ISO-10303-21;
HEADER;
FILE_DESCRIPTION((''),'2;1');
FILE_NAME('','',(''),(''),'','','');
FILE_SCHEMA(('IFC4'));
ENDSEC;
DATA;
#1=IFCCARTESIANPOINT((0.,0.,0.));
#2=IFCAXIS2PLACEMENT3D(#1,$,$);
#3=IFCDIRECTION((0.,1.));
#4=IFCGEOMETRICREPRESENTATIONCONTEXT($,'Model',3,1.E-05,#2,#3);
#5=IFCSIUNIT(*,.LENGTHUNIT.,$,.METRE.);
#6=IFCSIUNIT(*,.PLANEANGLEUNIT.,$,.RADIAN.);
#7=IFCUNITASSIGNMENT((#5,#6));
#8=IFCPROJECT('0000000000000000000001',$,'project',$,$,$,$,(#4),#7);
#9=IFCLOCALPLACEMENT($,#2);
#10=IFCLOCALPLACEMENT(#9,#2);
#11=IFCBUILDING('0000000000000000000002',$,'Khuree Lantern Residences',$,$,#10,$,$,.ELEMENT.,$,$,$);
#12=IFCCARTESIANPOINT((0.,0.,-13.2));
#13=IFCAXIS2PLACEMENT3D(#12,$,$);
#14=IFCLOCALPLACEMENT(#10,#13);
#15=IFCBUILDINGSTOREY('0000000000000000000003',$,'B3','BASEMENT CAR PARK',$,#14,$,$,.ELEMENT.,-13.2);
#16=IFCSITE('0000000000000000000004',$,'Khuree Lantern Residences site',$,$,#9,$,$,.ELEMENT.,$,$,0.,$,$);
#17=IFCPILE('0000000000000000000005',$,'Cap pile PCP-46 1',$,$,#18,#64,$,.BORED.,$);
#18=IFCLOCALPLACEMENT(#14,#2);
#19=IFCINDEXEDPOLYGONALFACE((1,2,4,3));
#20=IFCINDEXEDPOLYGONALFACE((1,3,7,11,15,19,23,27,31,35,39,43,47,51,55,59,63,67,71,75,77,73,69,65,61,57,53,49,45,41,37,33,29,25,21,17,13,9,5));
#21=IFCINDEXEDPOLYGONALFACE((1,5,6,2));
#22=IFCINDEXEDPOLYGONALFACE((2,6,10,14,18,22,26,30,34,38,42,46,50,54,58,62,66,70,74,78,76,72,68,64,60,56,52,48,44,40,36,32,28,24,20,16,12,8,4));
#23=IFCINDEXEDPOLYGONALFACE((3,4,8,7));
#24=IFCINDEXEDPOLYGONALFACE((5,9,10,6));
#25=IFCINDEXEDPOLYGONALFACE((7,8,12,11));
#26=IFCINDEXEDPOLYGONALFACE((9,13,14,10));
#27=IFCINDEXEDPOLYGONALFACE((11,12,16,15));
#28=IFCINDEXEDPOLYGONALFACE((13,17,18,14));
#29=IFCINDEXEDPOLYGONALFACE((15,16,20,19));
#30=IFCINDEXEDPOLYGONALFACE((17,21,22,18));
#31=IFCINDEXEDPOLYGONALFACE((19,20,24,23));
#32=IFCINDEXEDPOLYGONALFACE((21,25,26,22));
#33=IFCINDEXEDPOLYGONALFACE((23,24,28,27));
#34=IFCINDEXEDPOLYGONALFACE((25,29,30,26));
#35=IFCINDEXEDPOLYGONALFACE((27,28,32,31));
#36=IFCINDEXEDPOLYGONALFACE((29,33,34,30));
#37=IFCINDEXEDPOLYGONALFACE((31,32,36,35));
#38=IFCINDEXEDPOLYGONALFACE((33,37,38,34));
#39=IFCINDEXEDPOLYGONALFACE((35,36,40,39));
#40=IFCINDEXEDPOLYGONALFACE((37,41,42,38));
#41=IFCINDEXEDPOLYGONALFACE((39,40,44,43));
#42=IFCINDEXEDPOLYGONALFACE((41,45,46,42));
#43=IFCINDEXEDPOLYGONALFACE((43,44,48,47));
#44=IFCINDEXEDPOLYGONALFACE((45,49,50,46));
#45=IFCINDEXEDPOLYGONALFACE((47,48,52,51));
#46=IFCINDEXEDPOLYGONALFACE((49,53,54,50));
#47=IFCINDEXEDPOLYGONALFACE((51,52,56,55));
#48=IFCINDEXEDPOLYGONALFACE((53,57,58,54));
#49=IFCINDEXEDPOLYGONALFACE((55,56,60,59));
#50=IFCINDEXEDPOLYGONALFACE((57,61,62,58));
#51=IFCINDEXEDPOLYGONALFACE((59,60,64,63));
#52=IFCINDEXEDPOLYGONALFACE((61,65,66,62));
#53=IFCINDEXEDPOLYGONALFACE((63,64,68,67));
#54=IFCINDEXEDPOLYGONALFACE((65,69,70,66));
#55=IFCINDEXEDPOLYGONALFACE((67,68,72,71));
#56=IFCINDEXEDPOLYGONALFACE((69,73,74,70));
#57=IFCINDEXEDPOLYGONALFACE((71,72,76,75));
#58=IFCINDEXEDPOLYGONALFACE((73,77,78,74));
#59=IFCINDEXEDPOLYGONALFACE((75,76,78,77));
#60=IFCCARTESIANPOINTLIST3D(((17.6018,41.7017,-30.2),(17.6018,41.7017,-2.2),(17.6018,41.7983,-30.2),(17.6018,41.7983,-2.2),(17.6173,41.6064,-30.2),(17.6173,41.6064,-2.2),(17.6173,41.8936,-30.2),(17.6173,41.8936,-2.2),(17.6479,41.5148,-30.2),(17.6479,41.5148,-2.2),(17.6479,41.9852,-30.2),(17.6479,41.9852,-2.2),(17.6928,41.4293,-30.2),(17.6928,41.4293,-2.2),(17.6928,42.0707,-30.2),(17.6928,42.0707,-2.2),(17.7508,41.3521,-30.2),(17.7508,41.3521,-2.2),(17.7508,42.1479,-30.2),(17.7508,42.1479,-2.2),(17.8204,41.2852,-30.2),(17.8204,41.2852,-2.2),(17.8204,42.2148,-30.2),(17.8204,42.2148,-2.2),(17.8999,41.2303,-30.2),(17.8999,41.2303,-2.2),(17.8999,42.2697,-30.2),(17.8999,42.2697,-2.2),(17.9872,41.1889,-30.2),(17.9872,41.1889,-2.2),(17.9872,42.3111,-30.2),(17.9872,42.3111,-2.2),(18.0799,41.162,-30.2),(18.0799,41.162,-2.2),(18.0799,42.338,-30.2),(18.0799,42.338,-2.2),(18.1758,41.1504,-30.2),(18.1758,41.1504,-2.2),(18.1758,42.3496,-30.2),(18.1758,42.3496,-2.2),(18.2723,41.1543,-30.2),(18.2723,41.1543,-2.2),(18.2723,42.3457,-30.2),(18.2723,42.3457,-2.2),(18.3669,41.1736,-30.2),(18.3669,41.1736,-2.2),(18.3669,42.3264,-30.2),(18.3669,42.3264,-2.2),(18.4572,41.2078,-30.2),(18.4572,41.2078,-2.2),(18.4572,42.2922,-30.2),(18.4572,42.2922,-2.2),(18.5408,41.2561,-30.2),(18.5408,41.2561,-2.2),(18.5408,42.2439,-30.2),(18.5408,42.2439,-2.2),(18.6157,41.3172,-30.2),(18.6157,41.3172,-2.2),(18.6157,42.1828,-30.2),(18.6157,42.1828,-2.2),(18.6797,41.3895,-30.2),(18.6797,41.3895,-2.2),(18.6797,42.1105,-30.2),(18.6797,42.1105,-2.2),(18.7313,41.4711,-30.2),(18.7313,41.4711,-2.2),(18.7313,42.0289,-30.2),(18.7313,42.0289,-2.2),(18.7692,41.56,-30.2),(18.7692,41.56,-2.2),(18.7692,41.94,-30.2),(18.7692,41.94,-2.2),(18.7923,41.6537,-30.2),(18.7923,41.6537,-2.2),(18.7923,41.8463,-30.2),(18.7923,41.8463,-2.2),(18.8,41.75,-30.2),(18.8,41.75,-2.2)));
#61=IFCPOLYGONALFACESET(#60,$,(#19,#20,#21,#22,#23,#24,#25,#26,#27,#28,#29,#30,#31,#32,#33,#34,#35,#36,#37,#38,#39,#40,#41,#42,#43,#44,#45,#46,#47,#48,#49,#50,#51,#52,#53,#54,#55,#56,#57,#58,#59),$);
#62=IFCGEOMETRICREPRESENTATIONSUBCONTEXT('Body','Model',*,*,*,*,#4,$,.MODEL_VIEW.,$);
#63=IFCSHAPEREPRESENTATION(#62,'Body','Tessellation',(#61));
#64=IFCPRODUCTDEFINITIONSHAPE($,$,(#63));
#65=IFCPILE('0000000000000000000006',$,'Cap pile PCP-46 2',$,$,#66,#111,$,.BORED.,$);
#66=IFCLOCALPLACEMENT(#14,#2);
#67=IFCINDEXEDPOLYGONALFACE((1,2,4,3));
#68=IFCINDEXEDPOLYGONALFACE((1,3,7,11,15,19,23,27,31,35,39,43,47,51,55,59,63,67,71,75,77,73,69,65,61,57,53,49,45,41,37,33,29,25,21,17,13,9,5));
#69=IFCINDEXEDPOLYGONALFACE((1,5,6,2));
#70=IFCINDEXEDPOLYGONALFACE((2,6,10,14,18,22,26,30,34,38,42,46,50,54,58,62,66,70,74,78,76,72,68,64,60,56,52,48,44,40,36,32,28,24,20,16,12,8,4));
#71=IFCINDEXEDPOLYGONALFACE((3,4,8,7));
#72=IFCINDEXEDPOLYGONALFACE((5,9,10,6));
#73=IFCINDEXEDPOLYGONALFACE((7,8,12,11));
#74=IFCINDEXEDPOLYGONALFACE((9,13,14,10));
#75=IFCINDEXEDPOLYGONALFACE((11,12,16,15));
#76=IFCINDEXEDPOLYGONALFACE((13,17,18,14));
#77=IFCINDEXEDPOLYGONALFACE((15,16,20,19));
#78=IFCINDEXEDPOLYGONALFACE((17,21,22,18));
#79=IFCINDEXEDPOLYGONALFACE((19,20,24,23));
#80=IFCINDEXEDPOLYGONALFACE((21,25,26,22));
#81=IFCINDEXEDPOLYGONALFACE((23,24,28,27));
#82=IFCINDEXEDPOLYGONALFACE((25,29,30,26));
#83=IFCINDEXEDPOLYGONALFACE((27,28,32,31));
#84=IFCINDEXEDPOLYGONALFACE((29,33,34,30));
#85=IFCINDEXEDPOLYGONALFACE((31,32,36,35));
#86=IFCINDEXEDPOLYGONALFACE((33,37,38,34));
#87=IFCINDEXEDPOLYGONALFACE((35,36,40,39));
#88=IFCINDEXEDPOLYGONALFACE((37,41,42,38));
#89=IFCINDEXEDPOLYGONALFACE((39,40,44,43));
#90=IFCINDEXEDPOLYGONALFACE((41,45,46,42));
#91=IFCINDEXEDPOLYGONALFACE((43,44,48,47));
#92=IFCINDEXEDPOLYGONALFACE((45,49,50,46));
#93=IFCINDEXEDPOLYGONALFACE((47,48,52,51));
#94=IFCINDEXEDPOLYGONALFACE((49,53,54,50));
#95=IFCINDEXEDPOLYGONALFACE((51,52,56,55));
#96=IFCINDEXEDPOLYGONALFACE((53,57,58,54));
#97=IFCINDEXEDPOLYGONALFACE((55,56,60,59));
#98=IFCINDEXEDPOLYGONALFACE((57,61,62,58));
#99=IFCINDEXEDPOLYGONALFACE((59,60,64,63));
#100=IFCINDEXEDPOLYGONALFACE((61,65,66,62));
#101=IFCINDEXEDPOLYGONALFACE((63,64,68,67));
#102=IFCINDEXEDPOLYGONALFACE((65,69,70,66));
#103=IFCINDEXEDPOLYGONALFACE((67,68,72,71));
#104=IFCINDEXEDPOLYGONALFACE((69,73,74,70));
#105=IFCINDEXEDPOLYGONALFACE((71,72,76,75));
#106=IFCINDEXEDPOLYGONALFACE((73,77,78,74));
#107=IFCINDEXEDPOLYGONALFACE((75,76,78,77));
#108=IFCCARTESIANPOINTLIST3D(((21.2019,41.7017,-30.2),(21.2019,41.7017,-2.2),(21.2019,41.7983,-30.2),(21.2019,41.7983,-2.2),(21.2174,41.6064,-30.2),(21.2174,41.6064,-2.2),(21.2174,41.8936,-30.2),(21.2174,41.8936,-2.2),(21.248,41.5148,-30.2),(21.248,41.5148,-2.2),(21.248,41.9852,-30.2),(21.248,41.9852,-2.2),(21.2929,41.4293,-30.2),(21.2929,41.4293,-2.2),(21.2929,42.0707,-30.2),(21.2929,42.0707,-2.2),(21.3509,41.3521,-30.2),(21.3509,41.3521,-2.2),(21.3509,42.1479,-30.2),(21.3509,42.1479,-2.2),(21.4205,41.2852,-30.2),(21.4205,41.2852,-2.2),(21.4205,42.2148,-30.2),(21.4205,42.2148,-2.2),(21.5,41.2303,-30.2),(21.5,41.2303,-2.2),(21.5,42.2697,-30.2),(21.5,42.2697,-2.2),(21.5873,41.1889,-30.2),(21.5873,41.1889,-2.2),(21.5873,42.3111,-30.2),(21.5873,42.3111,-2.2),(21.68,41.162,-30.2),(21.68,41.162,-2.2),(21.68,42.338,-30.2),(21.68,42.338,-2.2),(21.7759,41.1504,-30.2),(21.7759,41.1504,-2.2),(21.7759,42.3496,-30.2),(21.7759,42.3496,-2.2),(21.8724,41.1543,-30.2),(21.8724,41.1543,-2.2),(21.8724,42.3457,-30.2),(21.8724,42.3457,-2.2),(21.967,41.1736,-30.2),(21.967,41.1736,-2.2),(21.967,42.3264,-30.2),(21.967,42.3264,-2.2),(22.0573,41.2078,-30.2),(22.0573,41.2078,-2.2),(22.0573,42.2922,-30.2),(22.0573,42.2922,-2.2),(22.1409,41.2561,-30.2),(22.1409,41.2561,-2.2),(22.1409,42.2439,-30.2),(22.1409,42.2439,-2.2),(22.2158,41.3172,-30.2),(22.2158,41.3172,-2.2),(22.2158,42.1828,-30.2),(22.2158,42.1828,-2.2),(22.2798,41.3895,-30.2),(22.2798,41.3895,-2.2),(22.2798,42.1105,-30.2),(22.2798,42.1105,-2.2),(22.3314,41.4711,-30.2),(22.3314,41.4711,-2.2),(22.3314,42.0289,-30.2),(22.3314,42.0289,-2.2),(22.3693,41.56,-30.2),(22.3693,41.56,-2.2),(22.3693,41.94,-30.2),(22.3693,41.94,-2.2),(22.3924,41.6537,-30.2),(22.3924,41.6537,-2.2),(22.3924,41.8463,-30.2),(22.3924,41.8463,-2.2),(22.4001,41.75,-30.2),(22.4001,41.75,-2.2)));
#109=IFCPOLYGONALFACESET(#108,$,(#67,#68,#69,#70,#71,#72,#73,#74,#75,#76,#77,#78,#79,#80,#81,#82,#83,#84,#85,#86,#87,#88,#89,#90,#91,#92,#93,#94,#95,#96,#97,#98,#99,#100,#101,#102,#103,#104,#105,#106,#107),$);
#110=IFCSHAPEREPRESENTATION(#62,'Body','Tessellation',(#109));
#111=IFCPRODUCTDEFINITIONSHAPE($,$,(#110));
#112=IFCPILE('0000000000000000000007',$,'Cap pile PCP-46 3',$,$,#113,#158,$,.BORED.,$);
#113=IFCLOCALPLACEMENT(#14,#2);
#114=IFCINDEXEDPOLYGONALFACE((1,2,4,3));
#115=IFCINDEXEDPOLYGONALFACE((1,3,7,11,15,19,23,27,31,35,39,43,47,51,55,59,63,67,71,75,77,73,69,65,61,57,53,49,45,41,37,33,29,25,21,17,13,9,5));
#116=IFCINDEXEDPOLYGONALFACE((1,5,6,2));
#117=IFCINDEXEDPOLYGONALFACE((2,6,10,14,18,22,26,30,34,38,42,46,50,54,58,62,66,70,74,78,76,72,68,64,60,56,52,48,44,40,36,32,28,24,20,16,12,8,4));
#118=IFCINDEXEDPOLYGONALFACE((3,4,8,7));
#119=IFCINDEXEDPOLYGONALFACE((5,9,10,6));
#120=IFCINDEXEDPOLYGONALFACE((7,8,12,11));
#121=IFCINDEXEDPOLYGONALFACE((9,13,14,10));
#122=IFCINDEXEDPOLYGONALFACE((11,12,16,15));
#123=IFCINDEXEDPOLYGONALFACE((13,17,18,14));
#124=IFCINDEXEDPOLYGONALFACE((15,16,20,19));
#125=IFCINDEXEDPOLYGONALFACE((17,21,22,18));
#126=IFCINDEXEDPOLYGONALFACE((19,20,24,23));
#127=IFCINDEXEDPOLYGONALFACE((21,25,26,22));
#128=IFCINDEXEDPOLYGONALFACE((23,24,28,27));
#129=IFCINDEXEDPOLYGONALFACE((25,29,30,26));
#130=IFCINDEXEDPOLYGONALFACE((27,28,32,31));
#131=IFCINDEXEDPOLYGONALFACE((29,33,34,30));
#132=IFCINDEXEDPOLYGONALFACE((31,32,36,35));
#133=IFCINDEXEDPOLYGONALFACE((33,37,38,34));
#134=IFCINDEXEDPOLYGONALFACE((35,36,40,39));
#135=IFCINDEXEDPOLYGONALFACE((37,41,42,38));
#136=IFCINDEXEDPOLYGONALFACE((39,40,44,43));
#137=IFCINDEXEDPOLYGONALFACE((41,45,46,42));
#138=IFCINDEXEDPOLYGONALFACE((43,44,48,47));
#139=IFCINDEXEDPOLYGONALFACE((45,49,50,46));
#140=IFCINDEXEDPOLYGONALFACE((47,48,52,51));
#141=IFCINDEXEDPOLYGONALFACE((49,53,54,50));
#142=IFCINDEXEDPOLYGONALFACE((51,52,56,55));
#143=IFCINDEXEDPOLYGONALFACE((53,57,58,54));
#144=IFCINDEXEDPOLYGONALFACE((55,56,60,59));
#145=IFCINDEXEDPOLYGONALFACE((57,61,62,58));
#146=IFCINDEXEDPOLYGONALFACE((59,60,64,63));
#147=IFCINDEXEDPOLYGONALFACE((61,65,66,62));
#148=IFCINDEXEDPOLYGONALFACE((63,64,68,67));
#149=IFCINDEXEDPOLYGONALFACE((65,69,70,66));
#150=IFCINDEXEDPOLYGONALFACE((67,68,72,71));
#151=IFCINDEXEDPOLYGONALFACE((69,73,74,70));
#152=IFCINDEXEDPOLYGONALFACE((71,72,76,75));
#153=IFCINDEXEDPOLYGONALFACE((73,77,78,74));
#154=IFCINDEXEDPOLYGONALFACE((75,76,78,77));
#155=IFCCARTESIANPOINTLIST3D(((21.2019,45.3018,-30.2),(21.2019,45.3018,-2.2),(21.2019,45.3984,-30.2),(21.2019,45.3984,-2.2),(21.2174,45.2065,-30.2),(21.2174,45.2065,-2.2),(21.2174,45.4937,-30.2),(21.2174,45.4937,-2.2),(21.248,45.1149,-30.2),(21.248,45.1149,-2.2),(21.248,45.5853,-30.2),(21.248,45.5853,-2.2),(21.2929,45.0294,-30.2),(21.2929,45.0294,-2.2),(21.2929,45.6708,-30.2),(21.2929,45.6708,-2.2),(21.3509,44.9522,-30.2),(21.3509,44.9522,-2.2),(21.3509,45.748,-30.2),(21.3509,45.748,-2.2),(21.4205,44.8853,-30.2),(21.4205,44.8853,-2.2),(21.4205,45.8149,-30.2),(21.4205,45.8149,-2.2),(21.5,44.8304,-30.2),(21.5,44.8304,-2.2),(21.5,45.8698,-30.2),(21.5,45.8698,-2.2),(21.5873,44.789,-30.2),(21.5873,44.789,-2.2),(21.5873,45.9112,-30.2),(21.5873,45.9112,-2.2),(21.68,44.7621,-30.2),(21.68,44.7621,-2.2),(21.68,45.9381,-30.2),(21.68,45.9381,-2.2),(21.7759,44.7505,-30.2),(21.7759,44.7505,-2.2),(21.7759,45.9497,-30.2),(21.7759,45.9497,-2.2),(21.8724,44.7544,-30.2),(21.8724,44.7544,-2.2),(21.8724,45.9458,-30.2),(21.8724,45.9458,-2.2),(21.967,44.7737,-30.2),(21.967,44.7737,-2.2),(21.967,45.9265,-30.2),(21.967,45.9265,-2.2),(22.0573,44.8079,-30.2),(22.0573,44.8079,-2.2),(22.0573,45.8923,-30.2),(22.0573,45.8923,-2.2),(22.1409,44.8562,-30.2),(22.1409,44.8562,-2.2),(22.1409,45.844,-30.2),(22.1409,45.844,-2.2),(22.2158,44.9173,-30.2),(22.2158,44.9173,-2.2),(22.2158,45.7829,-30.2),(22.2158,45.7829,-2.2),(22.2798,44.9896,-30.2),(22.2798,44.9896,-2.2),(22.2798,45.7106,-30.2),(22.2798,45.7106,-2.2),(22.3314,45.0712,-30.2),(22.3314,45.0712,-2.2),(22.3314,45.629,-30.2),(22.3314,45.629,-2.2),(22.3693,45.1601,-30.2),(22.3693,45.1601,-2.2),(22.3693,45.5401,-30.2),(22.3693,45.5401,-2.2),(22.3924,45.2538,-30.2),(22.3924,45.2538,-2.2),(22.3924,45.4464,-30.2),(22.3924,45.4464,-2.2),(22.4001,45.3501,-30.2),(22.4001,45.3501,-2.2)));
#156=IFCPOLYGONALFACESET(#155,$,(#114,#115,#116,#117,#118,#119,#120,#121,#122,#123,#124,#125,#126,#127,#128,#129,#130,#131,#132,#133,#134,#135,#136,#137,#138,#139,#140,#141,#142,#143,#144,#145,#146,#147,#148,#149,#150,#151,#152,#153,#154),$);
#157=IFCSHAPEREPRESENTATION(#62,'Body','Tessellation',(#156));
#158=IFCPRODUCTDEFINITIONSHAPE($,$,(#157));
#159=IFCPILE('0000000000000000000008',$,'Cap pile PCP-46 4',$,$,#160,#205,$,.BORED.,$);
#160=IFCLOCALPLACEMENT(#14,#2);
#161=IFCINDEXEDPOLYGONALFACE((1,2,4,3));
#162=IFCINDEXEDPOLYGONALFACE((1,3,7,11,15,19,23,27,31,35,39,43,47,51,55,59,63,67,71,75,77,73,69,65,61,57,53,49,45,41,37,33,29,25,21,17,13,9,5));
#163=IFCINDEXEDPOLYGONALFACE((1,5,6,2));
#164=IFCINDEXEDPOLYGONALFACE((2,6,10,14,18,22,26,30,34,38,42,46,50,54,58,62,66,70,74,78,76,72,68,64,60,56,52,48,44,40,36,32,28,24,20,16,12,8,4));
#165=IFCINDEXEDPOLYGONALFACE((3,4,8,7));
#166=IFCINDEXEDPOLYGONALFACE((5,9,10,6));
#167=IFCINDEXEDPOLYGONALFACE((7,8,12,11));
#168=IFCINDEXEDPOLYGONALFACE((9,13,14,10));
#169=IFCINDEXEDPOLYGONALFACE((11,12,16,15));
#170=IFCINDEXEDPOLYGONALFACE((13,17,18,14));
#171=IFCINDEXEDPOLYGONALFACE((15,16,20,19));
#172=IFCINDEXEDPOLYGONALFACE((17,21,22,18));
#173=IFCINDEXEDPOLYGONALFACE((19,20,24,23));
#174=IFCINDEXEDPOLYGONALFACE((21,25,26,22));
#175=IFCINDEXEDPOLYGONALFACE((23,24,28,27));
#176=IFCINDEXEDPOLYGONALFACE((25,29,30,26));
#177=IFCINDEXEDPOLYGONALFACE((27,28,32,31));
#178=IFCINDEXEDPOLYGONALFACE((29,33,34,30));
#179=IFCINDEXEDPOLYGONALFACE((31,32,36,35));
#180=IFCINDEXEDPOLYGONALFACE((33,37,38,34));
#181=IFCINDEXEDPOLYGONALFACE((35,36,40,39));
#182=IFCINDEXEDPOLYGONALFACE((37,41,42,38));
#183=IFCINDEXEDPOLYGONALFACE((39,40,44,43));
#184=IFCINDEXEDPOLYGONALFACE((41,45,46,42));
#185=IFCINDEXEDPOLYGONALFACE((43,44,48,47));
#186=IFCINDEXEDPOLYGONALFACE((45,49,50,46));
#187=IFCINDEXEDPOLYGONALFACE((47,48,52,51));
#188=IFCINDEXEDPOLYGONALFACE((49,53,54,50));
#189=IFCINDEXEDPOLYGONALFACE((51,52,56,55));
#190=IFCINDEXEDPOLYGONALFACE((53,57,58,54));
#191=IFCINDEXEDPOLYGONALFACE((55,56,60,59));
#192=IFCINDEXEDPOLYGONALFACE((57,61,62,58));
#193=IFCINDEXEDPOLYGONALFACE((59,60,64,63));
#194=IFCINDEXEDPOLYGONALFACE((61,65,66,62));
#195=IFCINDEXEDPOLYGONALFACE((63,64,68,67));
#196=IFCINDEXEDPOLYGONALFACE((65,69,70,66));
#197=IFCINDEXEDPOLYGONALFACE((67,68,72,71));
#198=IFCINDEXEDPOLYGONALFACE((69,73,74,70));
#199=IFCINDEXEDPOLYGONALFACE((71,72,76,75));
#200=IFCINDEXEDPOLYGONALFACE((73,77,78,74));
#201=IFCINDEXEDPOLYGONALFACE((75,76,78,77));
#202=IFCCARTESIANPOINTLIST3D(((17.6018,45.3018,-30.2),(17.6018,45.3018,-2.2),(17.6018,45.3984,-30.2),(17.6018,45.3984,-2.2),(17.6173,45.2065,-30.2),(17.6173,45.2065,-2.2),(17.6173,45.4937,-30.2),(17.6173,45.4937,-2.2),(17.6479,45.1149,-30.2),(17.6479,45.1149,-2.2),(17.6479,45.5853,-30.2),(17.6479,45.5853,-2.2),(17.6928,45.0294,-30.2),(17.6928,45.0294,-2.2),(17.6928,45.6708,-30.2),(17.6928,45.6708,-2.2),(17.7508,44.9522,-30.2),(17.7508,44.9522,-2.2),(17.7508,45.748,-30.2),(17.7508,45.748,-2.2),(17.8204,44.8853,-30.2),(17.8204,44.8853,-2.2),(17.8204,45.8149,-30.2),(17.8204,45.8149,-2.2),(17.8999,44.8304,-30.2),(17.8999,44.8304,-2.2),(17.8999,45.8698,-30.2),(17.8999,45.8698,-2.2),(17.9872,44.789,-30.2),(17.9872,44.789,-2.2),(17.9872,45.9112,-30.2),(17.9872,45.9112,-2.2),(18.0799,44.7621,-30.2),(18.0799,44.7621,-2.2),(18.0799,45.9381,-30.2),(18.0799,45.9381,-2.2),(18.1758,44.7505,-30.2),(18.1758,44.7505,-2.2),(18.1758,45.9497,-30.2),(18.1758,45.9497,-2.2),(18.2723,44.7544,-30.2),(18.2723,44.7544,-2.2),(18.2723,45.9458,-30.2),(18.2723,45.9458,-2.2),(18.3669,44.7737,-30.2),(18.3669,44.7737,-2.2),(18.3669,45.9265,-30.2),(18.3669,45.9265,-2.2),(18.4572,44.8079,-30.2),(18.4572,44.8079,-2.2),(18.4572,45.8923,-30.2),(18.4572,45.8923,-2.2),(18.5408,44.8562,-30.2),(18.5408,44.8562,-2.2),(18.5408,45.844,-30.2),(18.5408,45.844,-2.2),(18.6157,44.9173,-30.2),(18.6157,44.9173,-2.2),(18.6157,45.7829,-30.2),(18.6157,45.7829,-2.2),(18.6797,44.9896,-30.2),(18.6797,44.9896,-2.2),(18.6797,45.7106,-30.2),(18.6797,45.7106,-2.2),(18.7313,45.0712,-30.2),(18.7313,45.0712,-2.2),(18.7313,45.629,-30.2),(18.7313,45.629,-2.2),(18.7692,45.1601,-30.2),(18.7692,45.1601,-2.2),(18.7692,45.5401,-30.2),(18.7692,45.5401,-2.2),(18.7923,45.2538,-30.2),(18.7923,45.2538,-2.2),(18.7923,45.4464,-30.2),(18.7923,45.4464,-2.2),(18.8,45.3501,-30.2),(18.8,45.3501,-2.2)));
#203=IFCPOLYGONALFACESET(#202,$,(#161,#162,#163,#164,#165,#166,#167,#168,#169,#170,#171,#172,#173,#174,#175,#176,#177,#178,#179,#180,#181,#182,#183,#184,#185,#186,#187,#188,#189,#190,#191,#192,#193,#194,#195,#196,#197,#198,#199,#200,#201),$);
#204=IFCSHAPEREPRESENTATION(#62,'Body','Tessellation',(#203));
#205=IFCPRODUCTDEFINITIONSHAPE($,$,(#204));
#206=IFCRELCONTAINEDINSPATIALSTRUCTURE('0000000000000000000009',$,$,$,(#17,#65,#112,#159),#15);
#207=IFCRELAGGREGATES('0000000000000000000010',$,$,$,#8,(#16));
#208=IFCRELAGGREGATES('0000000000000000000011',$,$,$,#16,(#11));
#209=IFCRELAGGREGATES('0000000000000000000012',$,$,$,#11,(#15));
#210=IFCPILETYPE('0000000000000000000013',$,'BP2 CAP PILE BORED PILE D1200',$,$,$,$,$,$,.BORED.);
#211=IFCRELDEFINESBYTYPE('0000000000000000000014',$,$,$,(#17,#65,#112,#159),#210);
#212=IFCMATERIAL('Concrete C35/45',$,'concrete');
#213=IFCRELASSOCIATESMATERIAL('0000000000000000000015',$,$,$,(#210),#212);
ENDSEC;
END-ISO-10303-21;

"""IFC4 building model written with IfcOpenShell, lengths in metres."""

from ifc_helpers import new_model, si_unit, direction, frame, origin, origin_2d, place, context, subcontext, project, spatial, circle, extrude, material, material_profile, profile_set, type_object, element, save


model = new_model("IFC4")

# Units and contexts
model_context = context("Model", 3, precision=1e-05, world=origin(), true_north=direction((0.0, 1.0)))
body_context = subcontext(model_context, "Body", "Model", "MODEL_VIEW")
ifc_project = project(units=[si_unit("LENGTHUNIT", "METRE"), si_unit("PLANEANGLEUNIT", "RADIAN")], contexts=[model_context])

# Site, building, storey
site_placement = place(None, origin())
site = spatial("IfcSite", under=ifc_project, at=site_placement, Name="Khuree Lantern Residences site", CompositionType="ELEMENT", RefElevation=0.0)
building_placement = place(site_placement, origin())
building = spatial("IfcBuilding", under=site, at=building_placement, Name="Khuree Lantern Residences", CompositionType="ELEMENT")
storey_placement = place(building_placement, frame((0.0, 0.0, -13.2)))
storey = spatial("IfcBuildingStorey", under=building, at=storey_placement, Name="B3", Description="BASEMENT CAR PARK", CompositionType="ELEMENT", Elevation=-13.2)

# Piles
ifc_material_1 = material(Name="Concrete C35/45", Category="concrete")
ifc_material_profile_1 = material_profile(ifc_material_1, circle(Radius=0.6001, at=origin_2d()), Name="BORED PILE D1200")
ifc_profile_set_1 = profile_set([ifc_material_profile_1], Name="Concrete C35/45")
pile_type_1 = type_object("IfcPileType", Name="BP2 CAP PILE BORED PILE D1200", PredefinedType="BORED", material=ifc_profile_set_1)
for number, where, z_axis, x_axis, name in (
    (1, (18.2, 41.75, -2.2), (0.0, 0.0, -1.0), (1.0, 0.0, 0.0), "Cap pile PCP-46 1"),
    (2, (21.8, 41.75, -2.2), (0.0, 0.0, -1.0), (1.0, 0.0, 0.0), "Cap pile PCP-46 2"),
    (3, (21.8, 45.3501, -2.2), (0.0, 0.0, -1.0), (1.0, 0.0, 0.0), "Cap pile PCP-46 3"),
    (4, (18.2, 45.3501, -2.2), (0.0, 0.0, -1.0), (1.0, 0.0, 0.0), "Cap pile PCP-46 4"),
):
    element("IfcPile", number, at=place(storey_placement, frame(where, z_axis=z_axis, x_axis=x_axis)), inside=storey, type_object=pile_type_1, Name=name, PredefinedType="BORED", context=body_context, shape_type="SweptSolid", body=[
        extrude(circle(Radius=0.6001, at=origin_2d()), origin(), (0.0, 0.0, 1.0), 28.0),
    ])

save(model, "model.ifc")
